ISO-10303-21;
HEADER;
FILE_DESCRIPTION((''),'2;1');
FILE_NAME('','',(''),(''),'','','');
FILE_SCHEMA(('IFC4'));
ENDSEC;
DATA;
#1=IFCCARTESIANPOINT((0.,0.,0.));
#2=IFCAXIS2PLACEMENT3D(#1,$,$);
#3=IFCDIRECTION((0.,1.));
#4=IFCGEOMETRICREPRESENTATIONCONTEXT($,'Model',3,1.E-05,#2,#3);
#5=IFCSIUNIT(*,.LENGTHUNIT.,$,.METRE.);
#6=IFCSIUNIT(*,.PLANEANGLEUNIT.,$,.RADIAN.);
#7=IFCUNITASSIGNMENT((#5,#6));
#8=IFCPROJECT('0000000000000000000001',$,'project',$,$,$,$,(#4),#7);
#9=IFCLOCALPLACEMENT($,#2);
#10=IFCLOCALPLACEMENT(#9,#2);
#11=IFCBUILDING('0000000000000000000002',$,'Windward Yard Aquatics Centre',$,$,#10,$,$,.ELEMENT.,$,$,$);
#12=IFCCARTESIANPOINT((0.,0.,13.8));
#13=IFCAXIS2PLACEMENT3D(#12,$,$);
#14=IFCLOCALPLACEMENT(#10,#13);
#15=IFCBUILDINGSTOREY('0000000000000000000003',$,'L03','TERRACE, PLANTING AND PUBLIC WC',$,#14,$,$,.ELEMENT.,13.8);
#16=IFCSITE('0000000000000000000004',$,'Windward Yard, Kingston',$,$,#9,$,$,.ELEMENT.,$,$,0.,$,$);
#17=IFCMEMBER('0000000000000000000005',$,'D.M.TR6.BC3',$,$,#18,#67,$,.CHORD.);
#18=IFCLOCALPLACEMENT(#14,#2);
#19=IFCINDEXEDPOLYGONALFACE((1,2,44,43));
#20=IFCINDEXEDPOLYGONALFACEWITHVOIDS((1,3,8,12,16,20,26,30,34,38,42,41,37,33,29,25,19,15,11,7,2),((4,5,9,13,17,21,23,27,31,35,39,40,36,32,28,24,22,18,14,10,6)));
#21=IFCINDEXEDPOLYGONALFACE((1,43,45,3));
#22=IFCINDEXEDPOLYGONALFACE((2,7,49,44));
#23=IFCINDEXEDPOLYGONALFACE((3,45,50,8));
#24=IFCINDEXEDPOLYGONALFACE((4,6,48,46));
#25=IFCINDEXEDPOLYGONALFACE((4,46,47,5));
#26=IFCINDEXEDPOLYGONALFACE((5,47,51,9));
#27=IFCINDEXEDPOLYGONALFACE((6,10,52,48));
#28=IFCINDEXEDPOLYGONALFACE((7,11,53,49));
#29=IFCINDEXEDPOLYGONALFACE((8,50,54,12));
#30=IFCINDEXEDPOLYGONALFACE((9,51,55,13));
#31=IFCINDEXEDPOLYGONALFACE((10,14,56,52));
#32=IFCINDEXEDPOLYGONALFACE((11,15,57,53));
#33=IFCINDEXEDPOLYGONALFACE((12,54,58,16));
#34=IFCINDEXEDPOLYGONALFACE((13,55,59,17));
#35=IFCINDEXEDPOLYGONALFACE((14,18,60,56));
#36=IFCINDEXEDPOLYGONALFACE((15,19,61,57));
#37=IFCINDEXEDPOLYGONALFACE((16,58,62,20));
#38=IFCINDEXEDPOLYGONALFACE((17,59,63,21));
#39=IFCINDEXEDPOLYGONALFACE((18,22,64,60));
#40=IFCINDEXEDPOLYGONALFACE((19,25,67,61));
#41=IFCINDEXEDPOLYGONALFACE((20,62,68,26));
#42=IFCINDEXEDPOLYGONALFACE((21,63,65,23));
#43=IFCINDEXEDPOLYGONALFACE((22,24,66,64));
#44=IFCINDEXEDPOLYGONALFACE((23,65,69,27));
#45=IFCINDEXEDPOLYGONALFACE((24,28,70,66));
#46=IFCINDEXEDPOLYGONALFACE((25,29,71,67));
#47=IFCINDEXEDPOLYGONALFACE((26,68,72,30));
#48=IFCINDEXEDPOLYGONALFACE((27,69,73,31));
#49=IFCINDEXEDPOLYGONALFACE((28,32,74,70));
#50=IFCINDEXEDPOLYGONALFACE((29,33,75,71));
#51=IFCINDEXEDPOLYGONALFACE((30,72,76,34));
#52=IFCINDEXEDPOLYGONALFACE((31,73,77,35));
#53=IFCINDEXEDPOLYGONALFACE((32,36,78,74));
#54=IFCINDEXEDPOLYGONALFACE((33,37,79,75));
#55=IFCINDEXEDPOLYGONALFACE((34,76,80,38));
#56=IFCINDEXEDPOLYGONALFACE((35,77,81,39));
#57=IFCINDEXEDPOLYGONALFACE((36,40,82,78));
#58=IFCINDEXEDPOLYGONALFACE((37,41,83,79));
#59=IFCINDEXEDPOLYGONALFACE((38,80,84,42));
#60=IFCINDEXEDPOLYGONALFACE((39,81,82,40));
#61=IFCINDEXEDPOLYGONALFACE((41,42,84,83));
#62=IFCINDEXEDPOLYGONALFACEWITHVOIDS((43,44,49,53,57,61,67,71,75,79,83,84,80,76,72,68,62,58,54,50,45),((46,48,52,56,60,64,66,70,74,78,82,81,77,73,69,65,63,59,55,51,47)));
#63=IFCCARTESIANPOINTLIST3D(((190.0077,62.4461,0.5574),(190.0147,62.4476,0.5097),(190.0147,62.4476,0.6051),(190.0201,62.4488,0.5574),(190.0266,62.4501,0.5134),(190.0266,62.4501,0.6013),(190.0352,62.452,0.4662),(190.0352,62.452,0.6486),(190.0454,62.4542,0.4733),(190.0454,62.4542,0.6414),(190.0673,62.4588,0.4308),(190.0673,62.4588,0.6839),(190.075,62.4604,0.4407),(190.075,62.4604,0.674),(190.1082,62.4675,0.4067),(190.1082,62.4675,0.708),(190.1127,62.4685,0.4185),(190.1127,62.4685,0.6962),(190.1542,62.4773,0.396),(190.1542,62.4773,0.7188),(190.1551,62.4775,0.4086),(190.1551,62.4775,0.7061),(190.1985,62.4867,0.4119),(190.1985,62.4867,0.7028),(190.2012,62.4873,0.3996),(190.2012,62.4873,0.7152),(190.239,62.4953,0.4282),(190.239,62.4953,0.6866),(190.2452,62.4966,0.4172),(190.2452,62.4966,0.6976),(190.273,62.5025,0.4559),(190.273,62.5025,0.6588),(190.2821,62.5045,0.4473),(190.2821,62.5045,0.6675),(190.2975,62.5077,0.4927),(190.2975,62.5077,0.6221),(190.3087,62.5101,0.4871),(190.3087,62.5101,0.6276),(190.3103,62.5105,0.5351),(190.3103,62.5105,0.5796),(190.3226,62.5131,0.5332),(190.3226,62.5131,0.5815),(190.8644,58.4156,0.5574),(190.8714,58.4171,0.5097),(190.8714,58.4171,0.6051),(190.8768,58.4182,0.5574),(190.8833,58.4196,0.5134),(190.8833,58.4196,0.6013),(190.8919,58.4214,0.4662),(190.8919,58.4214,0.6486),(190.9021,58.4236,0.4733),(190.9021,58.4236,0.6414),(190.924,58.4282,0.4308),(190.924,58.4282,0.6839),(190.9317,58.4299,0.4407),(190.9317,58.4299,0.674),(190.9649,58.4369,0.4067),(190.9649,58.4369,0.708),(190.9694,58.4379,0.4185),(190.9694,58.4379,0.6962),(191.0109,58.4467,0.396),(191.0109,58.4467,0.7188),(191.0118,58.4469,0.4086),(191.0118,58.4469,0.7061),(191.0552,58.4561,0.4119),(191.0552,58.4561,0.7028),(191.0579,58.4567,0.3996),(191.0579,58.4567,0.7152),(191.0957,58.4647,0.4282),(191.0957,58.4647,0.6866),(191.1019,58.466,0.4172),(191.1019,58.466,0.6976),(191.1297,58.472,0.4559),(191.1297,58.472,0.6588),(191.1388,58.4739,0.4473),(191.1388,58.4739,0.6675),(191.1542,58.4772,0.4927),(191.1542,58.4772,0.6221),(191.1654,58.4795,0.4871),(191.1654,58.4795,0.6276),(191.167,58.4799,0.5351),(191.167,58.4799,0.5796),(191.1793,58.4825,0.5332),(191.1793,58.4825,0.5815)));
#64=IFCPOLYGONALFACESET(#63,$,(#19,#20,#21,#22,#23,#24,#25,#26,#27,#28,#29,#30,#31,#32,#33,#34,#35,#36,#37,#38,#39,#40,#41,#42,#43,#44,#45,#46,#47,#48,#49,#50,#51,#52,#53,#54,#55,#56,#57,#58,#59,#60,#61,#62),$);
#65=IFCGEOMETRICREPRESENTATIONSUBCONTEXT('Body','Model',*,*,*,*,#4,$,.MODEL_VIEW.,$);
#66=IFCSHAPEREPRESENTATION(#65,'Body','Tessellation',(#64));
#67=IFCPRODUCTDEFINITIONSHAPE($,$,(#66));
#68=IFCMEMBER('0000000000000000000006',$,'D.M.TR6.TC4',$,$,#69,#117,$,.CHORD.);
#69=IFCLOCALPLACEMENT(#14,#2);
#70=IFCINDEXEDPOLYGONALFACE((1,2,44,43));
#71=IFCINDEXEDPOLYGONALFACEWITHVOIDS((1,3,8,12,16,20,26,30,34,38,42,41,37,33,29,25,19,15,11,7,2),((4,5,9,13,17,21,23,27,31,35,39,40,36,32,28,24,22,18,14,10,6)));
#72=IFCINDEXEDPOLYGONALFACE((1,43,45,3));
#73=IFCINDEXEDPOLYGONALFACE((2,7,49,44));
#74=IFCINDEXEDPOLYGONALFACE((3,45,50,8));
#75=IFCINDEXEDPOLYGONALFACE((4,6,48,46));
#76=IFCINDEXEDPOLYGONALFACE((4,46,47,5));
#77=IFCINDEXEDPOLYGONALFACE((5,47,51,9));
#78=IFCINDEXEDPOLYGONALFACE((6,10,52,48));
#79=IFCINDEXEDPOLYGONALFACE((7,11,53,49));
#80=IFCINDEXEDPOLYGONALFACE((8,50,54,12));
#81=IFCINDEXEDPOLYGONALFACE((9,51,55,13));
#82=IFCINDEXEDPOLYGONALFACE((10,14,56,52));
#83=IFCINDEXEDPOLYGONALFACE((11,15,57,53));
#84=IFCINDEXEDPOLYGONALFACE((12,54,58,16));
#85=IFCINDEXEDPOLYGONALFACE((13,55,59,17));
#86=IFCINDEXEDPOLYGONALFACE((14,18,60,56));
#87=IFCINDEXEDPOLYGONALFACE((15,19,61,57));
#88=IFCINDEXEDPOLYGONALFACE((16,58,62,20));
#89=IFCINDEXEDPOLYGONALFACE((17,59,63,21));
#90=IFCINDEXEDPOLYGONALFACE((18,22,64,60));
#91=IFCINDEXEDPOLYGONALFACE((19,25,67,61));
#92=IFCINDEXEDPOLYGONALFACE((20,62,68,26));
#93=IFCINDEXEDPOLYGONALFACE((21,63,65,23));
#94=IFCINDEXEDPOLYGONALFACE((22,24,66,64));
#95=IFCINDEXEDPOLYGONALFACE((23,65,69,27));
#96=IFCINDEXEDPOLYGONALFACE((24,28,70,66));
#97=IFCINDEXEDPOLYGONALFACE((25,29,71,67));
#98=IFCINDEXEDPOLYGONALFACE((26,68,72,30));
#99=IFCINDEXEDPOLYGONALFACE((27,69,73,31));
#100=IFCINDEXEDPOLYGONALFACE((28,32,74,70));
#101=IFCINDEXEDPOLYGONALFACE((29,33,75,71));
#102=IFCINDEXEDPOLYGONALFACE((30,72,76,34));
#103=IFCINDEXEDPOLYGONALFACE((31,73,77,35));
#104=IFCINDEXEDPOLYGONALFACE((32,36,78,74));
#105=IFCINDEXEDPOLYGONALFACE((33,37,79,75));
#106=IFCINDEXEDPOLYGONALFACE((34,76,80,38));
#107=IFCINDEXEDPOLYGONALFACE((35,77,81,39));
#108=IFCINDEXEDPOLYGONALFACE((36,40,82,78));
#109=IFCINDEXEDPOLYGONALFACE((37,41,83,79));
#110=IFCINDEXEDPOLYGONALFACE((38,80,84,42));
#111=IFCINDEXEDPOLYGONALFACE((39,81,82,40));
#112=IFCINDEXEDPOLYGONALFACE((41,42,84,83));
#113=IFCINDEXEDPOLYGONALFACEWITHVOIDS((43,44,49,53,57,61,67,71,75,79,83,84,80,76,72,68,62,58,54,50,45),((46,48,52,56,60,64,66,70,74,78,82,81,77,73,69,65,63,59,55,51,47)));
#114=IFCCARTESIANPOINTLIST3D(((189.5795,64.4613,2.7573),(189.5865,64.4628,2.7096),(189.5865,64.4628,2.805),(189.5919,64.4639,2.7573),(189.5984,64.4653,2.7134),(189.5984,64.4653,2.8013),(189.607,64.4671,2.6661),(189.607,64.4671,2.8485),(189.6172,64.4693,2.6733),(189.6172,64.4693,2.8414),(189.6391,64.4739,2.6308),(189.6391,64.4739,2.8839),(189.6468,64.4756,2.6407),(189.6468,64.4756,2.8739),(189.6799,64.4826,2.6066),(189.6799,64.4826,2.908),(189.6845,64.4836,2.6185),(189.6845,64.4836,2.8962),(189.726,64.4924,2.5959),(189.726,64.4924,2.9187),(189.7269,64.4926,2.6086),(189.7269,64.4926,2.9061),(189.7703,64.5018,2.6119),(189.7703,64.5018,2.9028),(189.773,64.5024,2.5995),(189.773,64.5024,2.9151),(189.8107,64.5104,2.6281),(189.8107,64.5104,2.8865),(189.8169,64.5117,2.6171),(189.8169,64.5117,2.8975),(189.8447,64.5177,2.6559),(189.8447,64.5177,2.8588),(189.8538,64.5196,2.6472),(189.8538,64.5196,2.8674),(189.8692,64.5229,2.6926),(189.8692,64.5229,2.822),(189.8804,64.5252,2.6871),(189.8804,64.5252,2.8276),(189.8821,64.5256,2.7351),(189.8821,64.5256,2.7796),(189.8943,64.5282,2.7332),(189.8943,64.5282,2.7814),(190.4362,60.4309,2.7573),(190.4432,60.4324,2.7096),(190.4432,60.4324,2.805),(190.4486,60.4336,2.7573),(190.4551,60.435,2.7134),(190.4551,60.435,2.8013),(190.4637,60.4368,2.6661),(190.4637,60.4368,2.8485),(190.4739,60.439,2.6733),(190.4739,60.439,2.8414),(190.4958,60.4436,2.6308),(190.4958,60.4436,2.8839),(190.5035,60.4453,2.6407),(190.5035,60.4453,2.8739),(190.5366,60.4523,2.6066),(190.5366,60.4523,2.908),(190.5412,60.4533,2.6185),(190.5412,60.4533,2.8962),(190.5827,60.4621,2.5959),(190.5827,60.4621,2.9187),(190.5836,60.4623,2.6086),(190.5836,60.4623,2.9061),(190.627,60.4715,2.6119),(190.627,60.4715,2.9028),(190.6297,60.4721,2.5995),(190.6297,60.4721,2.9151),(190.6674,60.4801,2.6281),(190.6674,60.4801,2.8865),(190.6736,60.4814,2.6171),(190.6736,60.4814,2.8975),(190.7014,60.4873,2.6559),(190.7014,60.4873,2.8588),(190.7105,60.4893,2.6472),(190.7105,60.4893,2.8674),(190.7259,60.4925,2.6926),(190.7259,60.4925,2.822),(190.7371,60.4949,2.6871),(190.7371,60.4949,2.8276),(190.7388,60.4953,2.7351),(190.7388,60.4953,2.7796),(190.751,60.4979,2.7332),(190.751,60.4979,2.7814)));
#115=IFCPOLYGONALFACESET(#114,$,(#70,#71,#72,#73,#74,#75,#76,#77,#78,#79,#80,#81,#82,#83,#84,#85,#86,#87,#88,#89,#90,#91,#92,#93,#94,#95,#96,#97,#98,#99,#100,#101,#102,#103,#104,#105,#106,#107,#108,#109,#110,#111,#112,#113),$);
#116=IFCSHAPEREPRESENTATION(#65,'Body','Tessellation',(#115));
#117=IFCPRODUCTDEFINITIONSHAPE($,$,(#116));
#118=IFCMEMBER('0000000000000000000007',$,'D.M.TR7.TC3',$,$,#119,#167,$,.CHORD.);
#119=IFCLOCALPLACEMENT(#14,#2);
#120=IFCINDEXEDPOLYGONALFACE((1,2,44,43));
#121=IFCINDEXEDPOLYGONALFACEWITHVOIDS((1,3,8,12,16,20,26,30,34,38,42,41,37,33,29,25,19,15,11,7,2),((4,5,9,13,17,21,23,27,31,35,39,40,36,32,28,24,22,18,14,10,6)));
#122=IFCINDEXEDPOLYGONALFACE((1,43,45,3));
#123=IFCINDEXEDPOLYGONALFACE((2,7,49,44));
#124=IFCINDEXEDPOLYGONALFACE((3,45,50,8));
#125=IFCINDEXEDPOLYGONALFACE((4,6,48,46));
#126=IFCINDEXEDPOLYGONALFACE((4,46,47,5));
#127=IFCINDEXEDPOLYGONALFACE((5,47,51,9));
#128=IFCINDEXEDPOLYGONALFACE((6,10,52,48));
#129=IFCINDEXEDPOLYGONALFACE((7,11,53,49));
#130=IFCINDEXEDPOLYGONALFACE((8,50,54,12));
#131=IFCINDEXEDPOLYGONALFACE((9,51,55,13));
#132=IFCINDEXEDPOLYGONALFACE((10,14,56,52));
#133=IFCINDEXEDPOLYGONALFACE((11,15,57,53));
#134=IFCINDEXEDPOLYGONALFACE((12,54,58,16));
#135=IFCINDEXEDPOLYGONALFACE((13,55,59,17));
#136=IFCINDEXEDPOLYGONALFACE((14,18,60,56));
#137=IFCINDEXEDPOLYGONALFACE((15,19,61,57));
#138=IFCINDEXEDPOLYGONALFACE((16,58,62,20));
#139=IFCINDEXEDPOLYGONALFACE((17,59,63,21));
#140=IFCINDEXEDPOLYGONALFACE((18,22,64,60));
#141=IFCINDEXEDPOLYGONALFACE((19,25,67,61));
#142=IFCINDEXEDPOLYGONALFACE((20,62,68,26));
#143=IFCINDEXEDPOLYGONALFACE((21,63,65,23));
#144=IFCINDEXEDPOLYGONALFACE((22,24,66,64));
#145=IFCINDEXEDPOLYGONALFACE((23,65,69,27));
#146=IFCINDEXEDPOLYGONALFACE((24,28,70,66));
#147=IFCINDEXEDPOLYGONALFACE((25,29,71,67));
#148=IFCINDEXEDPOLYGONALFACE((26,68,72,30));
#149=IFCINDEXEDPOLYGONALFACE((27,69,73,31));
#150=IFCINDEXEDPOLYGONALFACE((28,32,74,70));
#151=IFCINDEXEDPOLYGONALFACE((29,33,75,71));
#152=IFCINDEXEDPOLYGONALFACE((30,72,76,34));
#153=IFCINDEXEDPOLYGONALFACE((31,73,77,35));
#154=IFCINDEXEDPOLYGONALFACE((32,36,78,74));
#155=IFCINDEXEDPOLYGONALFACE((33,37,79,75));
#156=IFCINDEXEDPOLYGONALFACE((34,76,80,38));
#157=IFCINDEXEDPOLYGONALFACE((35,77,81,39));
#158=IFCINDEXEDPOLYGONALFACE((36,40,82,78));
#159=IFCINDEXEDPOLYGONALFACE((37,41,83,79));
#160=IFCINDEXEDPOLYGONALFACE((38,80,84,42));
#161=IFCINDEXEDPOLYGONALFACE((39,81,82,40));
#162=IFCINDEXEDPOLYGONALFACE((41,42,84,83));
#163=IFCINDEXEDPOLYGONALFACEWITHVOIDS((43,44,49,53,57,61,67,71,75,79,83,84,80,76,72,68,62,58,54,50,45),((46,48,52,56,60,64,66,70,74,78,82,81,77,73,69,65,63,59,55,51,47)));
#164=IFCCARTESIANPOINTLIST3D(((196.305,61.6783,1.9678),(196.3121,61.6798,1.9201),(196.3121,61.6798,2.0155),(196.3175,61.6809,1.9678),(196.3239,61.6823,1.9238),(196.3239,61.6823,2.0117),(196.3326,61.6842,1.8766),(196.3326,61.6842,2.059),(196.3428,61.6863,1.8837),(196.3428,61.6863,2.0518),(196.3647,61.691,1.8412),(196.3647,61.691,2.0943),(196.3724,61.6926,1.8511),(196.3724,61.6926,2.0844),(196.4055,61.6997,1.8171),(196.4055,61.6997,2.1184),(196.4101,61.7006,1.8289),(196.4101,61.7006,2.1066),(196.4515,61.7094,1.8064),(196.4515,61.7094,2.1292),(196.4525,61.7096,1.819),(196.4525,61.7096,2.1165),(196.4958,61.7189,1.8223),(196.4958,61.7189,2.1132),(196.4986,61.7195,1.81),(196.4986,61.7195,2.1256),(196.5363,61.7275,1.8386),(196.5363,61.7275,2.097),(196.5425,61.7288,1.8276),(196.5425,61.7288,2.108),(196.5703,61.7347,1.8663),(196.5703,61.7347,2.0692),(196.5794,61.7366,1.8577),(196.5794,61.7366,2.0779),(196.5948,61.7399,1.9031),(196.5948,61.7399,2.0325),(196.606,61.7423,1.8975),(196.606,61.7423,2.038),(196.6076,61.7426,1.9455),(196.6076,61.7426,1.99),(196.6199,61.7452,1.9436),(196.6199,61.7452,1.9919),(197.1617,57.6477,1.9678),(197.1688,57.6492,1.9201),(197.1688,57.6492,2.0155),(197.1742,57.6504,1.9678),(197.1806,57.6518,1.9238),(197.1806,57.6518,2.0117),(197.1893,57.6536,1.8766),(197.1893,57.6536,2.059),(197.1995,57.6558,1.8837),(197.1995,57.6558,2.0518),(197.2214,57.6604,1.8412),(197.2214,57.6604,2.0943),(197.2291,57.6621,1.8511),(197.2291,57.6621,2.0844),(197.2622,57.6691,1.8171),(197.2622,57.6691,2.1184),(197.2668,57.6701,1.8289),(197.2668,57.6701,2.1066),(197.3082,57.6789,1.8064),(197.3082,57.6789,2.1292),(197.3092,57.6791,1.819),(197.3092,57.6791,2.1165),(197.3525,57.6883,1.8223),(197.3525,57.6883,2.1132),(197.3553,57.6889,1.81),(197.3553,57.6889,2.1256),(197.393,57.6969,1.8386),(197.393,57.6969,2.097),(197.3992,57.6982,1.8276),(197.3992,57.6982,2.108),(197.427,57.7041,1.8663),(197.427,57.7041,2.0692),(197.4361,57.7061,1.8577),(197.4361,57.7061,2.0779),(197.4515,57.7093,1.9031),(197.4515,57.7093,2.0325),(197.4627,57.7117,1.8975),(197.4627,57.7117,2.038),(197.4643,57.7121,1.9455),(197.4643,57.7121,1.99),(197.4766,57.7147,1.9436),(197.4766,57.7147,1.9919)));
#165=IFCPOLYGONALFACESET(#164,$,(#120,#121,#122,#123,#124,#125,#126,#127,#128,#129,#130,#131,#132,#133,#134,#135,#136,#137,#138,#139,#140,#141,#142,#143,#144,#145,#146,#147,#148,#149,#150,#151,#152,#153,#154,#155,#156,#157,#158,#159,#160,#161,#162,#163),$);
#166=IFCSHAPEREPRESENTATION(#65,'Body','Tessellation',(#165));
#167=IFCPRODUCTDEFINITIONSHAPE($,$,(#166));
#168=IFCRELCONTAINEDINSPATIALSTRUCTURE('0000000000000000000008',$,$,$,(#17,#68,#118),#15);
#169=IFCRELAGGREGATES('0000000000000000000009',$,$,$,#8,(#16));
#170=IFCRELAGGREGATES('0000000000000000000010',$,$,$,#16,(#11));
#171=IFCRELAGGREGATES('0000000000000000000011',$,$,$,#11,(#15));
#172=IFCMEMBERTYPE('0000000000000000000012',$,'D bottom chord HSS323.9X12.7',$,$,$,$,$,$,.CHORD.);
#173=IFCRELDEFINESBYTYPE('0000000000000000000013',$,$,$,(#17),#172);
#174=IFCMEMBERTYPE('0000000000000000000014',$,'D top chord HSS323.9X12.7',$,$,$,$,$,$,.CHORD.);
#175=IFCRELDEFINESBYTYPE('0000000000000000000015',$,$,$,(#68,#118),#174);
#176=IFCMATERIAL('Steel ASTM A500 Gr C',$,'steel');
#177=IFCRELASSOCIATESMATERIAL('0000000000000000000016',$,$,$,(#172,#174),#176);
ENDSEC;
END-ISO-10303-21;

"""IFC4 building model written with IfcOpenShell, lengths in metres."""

from ifc_helpers import new_model, si_unit, direction, frame, origin, origin_2d, place, context, subcontext, project, spatial, hollow_circle, extrude, material, material_profile, profile_set, type_object, element, save


model = new_model("IFC4")

# Units and contexts
model_context = context("Model", 3, precision=1e-05, world=origin(), true_north=direction((0.0, 1.0)))
body_context = subcontext(model_context, "Body", "Model", "MODEL_VIEW")
ifc_project = project(units=[si_unit("LENGTHUNIT", "METRE"), si_unit("PLANEANGLEUNIT", "RADIAN")], contexts=[model_context])

# Site, building, storey
site_placement = place(None, origin())
site = spatial("IfcSite", under=ifc_project, at=site_placement, Name="Windward Yard, Kingston", CompositionType="ELEMENT", RefElevation=0.0)
building_placement = place(site_placement, origin())
building = spatial("IfcBuilding", under=site, at=building_placement, Name="Windward Yard Aquatics Centre", CompositionType="ELEMENT")
storey_placement = place(building_placement, frame((0.0, 0.0, 13.8)))
storey = spatial("IfcBuildingStorey", under=building, at=storey_placement, Name="L03", Description="TERRACE, PLANTING AND PUBLIC WC", CompositionType="ELEMENT", Elevation=13.8)

# Members
ifc_material_1 = material(Name="Steel ASTM A500 Gr C", Category="steel")
ifc_material_profile_1 = material_profile(ifc_material_1, hollow_circle(Radius=0.1619, WallThickness=0.0127, at=origin_2d()), Name="HSS323.9X12.7")
ifc_profile_set_1 = profile_set([ifc_material_profile_1], Name="Steel ASTM A500 Gr C")
member_type_1 = type_object("IfcMemberType", Name="D bottom chord HSS323.9X12.7", PredefinedType="CHORD", material=ifc_profile_set_1)
member_1_placement = place(storey_placement, frame((191.0227, 58.4492, 0.5574), z_axis=(-0.207906, 0.978149, 0.0), x_axis=(-0.978149, -0.207906, 0.0)))
element("IfcMember", 1, at=member_1_placement, inside=storey, type_object=member_type_1, Name="D.M.TR6.BC3", PredefinedType="CHORD", context=body_context, shape_type="SweptSolid", body=[
    extrude(hollow_circle(Radius=0.1619, WallThickness=0.0127, at=origin_2d()), origin(), (0.0, 0.0, 1.0), 4.1206),
])
ifc_material_profile_2 = material_profile(ifc_material_1, hollow_circle(Radius=0.1619, WallThickness=0.0127, at=origin_2d()), Name="HSS323.9X12.7")
ifc_profile_set_2 = profile_set([ifc_material_profile_2], Name="Steel ASTM A500 Gr C")
member_type_2 = type_object("IfcMemberType", Name="D top chord HSS323.9X12.7", PredefinedType="CHORD", material=ifc_profile_set_2)
member_2_placement = place(storey_placement, frame((190.5945, 60.4646, 2.7573), z_axis=(-0.207918, 0.978146, 0.0), x_axis=(-0.978146, -0.207918, 0.0)))
element("IfcMember", 2, at=member_2_placement, inside=storey, type_object=member_type_2, Name="D.M.TR6.TC4", PredefinedType="CHORD", context=body_context, shape_type="SweptSolid", body=[
    extrude(hollow_circle(Radius=0.1619, WallThickness=0.0127, at=origin_2d()), origin(), (0.0, 0.0, 1.0), 4.1204),
])
for number, where, z_axis, x_axis, name in (
    (3, (197.3201, 57.6814, 1.9678), (-0.207906, 0.978149, 0.0), (-0.978149, -0.207906, 0.0), "D.M.TR7.TC3"),
):
    element("IfcMember", number, at=place(storey_placement, frame(where, z_axis=z_axis, x_axis=x_axis)), inside=storey, type_object=member_type_2, Name=name, PredefinedType="CHORD", context=body_context, shape_type="SweptSolid", body=[
        extrude(hollow_circle(Radius=0.1619, WallThickness=0.0127, at=origin_2d()), origin(), (0.0, 0.0, 1.0), 4.1206),
    ])

save(model, "model.ifc")
